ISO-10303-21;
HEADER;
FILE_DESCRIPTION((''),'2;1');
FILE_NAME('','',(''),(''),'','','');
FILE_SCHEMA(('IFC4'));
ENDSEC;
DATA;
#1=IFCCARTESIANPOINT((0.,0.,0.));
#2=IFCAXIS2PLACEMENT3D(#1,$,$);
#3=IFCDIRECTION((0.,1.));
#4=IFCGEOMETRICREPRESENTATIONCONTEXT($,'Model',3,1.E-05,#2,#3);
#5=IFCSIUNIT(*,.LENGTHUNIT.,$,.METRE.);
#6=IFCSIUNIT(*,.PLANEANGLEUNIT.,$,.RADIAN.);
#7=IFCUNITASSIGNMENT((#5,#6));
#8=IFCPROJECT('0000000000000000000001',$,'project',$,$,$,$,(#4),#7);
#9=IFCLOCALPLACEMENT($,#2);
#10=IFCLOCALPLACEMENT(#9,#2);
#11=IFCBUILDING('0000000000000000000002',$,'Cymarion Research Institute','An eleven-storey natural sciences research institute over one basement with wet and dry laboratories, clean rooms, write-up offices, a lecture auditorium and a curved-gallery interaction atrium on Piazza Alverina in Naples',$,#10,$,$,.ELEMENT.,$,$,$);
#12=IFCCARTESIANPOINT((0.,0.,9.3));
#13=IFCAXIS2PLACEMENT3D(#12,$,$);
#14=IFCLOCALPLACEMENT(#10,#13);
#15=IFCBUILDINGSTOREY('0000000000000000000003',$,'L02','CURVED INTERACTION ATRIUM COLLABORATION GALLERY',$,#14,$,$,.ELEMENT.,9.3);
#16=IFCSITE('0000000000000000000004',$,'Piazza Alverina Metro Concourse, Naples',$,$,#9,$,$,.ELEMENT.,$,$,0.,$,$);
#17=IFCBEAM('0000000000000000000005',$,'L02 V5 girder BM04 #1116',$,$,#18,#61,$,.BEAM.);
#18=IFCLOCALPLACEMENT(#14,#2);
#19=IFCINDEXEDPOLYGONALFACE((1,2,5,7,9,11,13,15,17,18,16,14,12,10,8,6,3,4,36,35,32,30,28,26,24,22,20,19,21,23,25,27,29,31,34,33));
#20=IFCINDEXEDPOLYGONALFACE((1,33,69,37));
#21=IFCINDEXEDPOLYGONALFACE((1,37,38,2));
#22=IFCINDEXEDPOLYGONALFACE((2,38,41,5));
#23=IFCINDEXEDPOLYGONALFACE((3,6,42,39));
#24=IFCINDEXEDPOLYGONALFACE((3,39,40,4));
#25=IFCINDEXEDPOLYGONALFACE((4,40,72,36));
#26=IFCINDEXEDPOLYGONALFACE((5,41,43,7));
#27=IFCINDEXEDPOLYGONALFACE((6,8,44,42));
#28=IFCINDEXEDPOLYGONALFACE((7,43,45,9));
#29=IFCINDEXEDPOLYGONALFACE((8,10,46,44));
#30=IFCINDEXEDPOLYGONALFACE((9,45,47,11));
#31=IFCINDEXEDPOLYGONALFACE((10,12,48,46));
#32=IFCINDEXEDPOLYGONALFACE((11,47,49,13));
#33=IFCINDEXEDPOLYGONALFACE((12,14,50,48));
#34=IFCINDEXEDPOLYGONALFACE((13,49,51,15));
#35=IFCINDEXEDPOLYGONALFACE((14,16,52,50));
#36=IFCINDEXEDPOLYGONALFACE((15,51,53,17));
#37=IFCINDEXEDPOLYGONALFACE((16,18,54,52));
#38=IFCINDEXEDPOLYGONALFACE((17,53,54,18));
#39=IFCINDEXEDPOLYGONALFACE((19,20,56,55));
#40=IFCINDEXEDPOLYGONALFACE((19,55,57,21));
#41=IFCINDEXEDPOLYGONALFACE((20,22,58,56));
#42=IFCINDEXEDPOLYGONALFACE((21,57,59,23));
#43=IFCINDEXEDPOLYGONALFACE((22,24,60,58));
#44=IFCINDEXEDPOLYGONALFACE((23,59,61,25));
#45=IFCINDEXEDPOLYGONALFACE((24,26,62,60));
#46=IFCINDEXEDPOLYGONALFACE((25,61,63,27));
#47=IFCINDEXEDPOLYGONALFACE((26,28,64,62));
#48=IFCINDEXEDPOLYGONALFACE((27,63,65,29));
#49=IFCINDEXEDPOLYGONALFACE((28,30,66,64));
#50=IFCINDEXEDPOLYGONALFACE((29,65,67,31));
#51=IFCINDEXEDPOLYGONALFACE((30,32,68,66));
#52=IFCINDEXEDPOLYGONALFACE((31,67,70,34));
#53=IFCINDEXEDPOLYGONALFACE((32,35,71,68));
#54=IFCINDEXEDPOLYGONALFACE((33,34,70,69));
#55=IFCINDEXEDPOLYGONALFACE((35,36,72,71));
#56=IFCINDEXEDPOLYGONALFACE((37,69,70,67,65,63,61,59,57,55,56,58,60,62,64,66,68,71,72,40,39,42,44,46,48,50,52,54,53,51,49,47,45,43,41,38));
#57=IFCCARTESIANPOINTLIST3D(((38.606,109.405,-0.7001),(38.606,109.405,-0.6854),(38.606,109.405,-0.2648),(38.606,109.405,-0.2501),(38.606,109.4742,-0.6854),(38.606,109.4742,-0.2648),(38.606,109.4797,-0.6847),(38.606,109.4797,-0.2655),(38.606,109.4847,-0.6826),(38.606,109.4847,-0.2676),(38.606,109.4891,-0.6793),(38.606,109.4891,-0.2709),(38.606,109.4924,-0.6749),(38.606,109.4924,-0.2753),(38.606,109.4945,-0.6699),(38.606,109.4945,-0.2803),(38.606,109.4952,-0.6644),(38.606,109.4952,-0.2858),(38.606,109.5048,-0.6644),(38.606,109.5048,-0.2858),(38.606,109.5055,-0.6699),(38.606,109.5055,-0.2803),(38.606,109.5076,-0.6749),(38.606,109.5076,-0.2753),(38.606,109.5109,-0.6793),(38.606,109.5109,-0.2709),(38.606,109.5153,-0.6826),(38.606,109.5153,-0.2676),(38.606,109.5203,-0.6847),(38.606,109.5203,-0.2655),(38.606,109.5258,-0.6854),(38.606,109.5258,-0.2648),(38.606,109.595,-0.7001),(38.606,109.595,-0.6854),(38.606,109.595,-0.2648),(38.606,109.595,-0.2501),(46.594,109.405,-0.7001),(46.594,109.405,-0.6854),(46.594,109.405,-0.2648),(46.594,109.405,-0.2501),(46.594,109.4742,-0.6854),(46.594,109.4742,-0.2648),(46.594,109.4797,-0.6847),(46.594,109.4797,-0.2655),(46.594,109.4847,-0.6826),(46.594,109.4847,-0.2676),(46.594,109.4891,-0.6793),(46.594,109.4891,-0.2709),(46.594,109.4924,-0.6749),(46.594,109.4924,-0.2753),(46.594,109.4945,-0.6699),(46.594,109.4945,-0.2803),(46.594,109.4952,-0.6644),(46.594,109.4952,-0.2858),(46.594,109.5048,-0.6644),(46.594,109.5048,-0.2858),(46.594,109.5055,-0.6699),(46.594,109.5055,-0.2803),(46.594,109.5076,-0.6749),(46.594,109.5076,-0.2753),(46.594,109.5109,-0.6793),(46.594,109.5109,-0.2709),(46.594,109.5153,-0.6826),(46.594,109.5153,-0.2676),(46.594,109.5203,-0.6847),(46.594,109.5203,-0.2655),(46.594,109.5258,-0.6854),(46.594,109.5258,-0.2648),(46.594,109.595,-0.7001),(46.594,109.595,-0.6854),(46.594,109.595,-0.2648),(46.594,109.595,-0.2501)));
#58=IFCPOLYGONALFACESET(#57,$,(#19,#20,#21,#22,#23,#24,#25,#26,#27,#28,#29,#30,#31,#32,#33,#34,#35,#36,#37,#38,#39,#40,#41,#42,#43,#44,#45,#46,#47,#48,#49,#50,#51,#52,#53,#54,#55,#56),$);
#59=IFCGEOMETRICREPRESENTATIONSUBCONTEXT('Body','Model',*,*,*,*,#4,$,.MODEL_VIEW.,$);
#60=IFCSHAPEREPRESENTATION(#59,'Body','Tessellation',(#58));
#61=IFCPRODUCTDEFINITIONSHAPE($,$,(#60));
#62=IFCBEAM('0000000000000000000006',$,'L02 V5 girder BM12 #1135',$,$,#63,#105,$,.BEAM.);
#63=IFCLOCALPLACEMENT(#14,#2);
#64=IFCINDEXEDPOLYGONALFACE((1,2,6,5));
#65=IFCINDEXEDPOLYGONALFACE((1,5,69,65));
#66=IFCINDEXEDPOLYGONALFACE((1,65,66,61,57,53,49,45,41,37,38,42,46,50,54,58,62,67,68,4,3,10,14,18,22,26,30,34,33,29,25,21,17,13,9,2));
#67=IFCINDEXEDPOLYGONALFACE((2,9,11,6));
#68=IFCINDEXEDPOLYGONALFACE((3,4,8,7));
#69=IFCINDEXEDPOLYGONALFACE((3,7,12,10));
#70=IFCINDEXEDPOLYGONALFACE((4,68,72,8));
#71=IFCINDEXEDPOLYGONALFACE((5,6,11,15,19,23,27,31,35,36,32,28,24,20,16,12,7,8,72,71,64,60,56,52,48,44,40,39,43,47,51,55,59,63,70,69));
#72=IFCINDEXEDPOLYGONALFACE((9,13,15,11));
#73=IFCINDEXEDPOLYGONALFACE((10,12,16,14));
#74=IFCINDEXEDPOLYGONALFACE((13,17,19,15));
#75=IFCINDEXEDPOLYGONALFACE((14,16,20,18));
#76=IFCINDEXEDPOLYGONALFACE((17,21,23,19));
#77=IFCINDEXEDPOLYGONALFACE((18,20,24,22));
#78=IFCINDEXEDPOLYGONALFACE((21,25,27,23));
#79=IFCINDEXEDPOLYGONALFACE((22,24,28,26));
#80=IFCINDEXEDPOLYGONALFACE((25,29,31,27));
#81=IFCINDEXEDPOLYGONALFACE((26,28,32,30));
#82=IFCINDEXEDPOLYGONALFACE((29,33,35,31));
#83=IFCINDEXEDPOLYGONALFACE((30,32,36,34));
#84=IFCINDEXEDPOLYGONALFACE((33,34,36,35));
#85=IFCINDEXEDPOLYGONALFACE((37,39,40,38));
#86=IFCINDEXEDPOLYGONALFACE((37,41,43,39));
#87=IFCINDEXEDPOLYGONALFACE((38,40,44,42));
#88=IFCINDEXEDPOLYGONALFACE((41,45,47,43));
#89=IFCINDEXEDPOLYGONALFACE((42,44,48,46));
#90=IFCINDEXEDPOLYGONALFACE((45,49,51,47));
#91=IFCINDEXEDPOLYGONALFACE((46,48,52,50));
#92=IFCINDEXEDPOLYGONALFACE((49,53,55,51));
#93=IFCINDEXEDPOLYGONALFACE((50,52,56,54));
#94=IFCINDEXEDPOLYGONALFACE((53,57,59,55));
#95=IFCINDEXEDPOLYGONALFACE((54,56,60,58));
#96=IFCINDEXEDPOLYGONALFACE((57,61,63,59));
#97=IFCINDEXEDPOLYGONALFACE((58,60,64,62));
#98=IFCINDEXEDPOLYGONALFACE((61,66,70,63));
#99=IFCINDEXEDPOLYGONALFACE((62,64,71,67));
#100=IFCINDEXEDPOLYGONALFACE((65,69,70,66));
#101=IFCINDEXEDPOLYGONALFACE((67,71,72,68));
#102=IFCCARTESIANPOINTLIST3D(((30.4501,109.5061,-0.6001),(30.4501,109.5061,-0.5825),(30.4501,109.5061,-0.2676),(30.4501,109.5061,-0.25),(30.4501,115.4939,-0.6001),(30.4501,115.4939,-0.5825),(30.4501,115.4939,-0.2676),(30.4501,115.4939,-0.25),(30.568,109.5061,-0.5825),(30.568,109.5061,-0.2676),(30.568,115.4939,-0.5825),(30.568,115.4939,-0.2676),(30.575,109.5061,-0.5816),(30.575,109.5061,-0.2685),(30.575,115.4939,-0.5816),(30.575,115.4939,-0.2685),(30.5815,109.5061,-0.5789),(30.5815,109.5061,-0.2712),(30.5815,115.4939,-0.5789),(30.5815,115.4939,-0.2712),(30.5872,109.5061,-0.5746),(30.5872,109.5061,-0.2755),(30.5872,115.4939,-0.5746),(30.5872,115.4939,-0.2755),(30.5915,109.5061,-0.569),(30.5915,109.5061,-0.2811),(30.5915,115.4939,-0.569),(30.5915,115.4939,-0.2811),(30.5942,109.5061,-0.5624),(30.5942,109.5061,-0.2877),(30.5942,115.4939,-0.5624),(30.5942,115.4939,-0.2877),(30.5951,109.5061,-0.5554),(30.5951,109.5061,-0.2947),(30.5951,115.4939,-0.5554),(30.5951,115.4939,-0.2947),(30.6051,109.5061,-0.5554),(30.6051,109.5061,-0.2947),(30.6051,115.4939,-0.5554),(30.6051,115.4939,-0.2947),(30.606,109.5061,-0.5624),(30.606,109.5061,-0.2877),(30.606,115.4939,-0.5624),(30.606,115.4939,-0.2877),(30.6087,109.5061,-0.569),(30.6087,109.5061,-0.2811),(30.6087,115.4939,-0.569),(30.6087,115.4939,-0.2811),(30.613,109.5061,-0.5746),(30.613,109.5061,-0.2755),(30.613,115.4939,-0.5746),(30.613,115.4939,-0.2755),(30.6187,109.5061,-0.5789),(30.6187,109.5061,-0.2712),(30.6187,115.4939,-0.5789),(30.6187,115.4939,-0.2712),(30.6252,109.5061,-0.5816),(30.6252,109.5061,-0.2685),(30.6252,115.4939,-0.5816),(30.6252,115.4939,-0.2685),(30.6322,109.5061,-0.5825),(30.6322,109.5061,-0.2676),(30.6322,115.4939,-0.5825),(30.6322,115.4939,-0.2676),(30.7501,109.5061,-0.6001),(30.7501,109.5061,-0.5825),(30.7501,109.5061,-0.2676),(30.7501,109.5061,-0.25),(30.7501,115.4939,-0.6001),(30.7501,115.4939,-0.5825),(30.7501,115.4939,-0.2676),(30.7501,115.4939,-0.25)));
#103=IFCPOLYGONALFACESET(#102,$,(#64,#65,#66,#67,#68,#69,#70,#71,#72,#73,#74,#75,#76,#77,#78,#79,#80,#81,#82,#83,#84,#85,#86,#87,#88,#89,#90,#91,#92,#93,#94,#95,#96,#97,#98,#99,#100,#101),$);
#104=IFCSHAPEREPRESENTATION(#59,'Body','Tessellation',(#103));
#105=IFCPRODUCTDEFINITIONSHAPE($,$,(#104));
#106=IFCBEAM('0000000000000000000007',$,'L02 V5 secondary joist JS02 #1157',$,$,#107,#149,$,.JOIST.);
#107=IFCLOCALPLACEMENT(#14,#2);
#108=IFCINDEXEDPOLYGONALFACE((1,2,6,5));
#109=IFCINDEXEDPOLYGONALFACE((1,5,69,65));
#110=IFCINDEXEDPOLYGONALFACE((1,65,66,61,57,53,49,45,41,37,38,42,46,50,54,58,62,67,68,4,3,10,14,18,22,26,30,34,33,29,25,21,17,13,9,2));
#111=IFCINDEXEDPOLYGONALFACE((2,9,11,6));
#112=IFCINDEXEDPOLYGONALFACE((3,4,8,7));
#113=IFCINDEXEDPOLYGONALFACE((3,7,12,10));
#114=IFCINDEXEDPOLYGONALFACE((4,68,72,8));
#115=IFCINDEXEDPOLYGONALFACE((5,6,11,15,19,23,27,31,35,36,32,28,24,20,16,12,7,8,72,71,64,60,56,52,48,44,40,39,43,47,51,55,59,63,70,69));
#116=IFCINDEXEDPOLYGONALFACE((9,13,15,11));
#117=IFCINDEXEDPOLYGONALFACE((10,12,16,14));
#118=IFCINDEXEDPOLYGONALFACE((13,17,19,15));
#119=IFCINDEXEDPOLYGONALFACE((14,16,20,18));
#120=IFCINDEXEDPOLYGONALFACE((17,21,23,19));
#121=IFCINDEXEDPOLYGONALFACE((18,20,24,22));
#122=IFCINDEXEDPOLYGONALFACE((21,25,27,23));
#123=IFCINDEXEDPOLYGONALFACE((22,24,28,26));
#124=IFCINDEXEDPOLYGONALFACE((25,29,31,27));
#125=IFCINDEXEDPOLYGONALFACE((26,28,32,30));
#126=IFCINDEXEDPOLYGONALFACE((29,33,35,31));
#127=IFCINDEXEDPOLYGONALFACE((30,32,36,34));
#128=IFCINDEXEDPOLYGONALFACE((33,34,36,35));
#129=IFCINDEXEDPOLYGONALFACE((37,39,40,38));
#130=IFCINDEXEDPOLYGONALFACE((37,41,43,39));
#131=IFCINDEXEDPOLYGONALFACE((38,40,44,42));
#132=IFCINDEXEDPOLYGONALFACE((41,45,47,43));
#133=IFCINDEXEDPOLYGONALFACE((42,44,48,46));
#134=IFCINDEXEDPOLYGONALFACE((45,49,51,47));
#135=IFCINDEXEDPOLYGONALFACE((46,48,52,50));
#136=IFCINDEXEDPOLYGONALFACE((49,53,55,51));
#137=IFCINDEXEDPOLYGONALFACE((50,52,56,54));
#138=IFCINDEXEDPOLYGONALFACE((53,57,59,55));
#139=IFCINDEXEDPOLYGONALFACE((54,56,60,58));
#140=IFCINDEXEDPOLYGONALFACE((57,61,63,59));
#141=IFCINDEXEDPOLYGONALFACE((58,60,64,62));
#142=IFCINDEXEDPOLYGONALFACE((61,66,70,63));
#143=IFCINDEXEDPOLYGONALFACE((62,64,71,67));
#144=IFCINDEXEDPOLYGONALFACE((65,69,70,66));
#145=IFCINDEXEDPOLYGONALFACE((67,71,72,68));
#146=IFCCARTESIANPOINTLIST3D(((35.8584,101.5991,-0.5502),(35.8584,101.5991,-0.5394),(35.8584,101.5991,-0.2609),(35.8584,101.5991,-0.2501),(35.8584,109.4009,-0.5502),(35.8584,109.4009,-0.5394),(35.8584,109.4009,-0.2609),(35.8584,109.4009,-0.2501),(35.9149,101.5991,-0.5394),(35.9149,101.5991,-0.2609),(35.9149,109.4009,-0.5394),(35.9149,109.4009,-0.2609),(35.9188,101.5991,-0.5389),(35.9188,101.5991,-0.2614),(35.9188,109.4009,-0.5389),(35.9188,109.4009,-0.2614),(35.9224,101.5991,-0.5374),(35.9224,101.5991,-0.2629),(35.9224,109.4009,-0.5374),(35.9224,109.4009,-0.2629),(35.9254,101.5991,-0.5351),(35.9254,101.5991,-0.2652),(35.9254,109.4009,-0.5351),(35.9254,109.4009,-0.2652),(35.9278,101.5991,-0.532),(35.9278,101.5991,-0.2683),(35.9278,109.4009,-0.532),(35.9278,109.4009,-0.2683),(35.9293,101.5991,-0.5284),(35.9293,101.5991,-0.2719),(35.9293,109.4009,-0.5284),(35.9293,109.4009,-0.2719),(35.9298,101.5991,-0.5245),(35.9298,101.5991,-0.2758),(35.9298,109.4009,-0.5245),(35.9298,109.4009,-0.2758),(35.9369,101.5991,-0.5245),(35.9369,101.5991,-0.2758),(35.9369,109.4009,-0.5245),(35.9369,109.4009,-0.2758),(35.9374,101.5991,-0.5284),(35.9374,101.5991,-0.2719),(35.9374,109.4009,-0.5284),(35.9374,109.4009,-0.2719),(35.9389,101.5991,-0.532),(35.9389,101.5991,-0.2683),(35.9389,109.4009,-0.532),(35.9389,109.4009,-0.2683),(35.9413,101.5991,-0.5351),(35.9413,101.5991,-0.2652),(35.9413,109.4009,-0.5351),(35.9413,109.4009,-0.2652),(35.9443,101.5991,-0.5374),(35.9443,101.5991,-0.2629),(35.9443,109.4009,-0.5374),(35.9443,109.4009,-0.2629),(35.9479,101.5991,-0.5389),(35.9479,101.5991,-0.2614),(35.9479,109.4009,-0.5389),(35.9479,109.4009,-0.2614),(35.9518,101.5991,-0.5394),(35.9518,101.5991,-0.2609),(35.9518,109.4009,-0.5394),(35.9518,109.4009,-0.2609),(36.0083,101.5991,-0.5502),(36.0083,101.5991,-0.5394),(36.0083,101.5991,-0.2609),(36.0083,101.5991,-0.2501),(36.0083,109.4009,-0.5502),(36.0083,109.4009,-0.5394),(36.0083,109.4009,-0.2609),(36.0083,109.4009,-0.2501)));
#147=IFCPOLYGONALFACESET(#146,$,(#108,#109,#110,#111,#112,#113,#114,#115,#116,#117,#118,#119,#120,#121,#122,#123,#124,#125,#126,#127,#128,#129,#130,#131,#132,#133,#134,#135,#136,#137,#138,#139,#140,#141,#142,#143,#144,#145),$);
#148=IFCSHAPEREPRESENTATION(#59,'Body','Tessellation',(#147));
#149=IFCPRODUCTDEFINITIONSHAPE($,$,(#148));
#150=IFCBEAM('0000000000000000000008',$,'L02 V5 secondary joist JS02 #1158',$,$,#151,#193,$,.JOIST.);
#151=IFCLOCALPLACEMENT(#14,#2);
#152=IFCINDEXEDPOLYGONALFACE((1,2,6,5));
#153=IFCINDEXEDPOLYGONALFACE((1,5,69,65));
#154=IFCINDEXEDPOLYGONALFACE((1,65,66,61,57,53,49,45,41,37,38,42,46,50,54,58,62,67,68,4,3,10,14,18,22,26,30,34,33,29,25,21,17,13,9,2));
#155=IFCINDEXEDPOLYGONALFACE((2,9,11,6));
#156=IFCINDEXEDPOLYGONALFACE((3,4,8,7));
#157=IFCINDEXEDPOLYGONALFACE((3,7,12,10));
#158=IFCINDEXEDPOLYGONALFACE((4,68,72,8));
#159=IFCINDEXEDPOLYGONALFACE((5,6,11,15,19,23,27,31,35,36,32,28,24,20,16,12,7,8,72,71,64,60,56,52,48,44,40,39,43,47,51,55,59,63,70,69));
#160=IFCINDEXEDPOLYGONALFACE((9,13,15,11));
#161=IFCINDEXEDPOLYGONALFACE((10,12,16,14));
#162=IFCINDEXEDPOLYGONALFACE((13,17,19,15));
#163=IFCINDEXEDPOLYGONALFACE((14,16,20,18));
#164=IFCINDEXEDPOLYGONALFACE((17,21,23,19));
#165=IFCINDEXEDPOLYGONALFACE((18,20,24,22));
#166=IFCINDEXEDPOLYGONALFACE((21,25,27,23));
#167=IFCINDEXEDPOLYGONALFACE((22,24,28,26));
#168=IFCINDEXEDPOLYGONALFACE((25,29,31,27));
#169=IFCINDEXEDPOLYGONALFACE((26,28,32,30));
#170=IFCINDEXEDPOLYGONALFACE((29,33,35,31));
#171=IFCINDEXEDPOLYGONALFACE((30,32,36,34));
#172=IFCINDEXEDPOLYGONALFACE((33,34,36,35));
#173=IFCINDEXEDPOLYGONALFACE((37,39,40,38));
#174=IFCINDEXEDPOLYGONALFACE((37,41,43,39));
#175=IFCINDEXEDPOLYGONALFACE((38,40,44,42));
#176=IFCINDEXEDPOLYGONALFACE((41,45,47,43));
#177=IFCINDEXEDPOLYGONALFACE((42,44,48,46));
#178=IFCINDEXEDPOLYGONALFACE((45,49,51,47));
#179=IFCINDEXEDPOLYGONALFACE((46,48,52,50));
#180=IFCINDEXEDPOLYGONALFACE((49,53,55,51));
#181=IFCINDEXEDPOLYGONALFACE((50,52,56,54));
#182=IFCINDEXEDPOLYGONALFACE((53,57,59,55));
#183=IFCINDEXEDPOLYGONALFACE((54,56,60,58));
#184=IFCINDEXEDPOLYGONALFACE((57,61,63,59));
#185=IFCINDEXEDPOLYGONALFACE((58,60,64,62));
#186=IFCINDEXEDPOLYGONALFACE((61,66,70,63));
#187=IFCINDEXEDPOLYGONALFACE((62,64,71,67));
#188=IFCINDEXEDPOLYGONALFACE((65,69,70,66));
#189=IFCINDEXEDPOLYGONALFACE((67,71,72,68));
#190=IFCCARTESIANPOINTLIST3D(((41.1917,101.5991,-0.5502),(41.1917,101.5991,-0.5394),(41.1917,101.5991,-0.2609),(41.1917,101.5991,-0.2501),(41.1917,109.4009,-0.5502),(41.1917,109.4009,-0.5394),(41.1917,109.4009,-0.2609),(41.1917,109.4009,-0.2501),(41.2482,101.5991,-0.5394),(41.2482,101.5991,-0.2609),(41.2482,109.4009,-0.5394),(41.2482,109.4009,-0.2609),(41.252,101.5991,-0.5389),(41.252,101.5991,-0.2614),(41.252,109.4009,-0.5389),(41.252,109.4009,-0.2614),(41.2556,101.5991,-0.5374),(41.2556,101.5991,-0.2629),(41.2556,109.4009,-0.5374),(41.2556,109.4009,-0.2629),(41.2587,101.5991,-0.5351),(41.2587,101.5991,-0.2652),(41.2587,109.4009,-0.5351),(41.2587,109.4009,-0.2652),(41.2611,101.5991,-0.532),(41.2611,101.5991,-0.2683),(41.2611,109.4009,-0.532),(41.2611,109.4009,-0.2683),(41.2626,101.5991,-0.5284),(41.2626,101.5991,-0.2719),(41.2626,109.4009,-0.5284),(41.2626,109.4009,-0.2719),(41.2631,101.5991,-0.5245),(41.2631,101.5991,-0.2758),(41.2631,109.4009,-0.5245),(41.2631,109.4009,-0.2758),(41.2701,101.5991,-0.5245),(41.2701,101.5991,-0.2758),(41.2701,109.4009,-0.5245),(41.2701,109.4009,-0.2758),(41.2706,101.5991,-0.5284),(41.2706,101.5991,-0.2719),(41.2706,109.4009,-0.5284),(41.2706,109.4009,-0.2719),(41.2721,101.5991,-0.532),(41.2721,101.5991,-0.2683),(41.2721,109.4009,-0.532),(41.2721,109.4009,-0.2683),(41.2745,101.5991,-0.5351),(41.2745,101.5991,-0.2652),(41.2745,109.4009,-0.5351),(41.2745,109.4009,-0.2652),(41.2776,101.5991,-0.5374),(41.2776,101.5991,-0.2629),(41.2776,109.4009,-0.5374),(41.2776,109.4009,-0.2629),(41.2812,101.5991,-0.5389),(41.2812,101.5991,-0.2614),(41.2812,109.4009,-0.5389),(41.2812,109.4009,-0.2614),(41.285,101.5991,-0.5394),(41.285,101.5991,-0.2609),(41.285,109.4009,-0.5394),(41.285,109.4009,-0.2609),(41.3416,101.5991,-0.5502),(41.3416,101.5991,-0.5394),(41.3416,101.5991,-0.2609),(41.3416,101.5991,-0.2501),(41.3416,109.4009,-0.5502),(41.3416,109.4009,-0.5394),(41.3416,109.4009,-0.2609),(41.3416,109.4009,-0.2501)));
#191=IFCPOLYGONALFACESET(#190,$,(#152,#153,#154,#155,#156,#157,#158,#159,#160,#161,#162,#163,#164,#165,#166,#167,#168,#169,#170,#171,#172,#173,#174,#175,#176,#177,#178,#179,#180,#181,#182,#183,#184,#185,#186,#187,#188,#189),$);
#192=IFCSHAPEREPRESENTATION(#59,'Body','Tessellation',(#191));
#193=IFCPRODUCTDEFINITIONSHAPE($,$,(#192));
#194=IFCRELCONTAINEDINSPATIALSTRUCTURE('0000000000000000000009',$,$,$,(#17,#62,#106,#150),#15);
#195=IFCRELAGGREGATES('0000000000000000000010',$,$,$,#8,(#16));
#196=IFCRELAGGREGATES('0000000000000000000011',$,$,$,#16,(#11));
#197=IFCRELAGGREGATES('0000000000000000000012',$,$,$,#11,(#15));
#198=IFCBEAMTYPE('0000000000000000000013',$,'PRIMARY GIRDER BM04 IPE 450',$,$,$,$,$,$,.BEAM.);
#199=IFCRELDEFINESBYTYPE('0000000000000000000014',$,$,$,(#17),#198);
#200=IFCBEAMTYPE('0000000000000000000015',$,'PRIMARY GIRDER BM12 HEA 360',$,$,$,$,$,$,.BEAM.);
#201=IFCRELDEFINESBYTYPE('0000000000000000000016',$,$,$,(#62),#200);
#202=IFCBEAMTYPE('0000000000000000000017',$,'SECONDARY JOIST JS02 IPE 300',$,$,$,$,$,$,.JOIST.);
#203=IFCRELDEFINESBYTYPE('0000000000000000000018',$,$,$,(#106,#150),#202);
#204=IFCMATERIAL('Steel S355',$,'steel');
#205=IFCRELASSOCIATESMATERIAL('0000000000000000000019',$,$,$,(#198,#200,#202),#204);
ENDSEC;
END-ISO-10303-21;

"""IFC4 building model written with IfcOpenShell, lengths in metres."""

from ifc_helpers import new_model, si_unit, direction, frame, origin, origin_2d, place, context, subcontext, project, spatial, i_section, extrude, material, material_profile, profile_set, type_object, element, save


model = new_model("IFC4")

# Units and contexts
model_context = context("Model", 3, precision=1e-05, world=origin(), true_north=direction((0.0, 1.0)))
body_context = subcontext(model_context, "Body", "Model", "MODEL_VIEW")
ifc_project = project(units=[si_unit("LENGTHUNIT", "METRE"), si_unit("PLANEANGLEUNIT", "RADIAN")], contexts=[model_context])

# Site, building, storey
site_placement = place(None, origin())
site = spatial("IfcSite", under=ifc_project, at=site_placement, Name="Piazza Alverina Metro Concourse, Naples", CompositionType="ELEMENT", RefElevation=0.0)
building_placement = place(site_placement, origin())
building = spatial("IfcBuilding", under=site, at=building_placement, Name="Cymarion Research Institute", Description="An eleven-storey natural sciences research institute over one basement with wet and dry laboratories, clean rooms, write-up offices, a lecture auditorium and a curved-gallery interaction atrium on Piazza Alverina in Naples", CompositionType="ELEMENT")
storey_placement = place(building_placement, frame((0.0, 0.0, 9.3)))
storey = spatial("IfcBuildingStorey", under=building, at=storey_placement, Name="L02", Description="CURVED INTERACTION ATRIUM COLLABORATION GALLERY", CompositionType="ELEMENT", Elevation=9.3)

# Shared definitions
ifc_material_1 = material(Name="Steel S355", Category="steel")

# Beams
ifc_material_profile_1 = material_profile(ifc_material_1, i_section(OverallWidth=0.1899, OverallDepth=0.45, WebThickness=0.0095, FlangeThickness=0.0146, FilletRadius=0.021, at=origin_2d()), Name="IPE 450")
ifc_profile_set_1 = profile_set([ifc_material_profile_1], Name="Steel S355")
beam_type_1 = type_object("IfcBeamType", Name="PRIMARY GIRDER BM04 IPE 450", PredefinedType="BEAM", material=ifc_profile_set_1)
for number, where, z_axis, x_axis, name in (
    (1, (38.606, 109.5, -0.4751), (1.0, 0.0, 0.0), (0.0, 1.0, 0.0), "L02 V5 girder BM04 #1116"),
):
    element("IfcBeam", number, at=place(storey_placement, frame(where, z_axis=z_axis, x_axis=x_axis)), inside=storey, type_object=beam_type_1, Name=name, PredefinedType="BEAM", context=body_context, shape_type="SweptSolid", body=[
        extrude(i_section(OverallWidth=0.1899, OverallDepth=0.45, WebThickness=0.0095, FlangeThickness=0.0146, FilletRadius=0.021, at=origin_2d()), origin(), (0.0, 0.0, 1.0), 7.988),
    ])
ifc_material_profile_2 = material_profile(ifc_material_1, i_section(OverallWidth=0.3, OverallDepth=0.3501, WebThickness=0.01, FlangeThickness=0.0176, FilletRadius=0.0271, at=origin_2d()), Name="HEA 360")
ifc_profile_set_2 = profile_set([ifc_material_profile_2], Name="Steel S355")
beam_type_2 = type_object("IfcBeamType", Name="PRIMARY GIRDER BM12 HEA 360", PredefinedType="BEAM", material=ifc_profile_set_2)
beam_1_placement = place(storey_placement, frame((30.6001, 109.5061, -0.425), z_axis=(0.0, 1.0, 0.0), x_axis=(-1.0, 0.0, 0.0)))
element("IfcBeam", 2, at=beam_1_placement, inside=storey, type_object=beam_type_2, Name="L02 V5 girder BM12 #1135", PredefinedType="BEAM", context=body_context, shape_type="SweptSolid", body=[
    extrude(i_section(OverallWidth=0.3, OverallDepth=0.3501, WebThickness=0.01, FlangeThickness=0.0176, FilletRadius=0.0271, at=origin_2d()), origin(), (0.0, 0.0, 1.0), 5.9878),
])
ifc_material_profile_3 = material_profile(ifc_material_1, i_section(OverallWidth=0.1499, OverallDepth=0.3, WebThickness=0.0071, FlangeThickness=0.0107, FilletRadius=0.0149, at=origin_2d()), Name="IPE 300")
ifc_profile_set_3 = profile_set([ifc_material_profile_3], Name="Steel S355")
beam_type_3 = type_object("IfcBeamType", Name="SECONDARY JOIST JS02 IPE 300", PredefinedType="JOIST", material=ifc_profile_set_3)
for number, where, z_axis, x_axis, name in (
    (3, (35.9333, 101.5991, -0.4001), (0.0, 1.0, 0.0), (-1.0, 0.0, 0.0), "L02 V5 secondary joist JS02 #1157"),
    (4, (41.2666, 101.5991, -0.4001), (0.0, 1.0, 0.0), (-1.0, 0.0, 0.0), "L02 V5 secondary joist JS02 #1158"),
):
    element("IfcBeam", number, at=place(storey_placement, frame(where, z_axis=z_axis, x_axis=x_axis)), inside=storey, type_object=beam_type_3, Name=name, PredefinedType="JOIST", context=body_context, shape_type="SweptSolid", body=[
        extrude(i_section(OverallWidth=0.1499, OverallDepth=0.3, WebThickness=0.0071, FlangeThickness=0.0107, FilletRadius=0.0149, at=origin_2d()), origin(), (0.0, 0.0, 1.0), 7.8018),
    ])

save(model, "model.ifc")
